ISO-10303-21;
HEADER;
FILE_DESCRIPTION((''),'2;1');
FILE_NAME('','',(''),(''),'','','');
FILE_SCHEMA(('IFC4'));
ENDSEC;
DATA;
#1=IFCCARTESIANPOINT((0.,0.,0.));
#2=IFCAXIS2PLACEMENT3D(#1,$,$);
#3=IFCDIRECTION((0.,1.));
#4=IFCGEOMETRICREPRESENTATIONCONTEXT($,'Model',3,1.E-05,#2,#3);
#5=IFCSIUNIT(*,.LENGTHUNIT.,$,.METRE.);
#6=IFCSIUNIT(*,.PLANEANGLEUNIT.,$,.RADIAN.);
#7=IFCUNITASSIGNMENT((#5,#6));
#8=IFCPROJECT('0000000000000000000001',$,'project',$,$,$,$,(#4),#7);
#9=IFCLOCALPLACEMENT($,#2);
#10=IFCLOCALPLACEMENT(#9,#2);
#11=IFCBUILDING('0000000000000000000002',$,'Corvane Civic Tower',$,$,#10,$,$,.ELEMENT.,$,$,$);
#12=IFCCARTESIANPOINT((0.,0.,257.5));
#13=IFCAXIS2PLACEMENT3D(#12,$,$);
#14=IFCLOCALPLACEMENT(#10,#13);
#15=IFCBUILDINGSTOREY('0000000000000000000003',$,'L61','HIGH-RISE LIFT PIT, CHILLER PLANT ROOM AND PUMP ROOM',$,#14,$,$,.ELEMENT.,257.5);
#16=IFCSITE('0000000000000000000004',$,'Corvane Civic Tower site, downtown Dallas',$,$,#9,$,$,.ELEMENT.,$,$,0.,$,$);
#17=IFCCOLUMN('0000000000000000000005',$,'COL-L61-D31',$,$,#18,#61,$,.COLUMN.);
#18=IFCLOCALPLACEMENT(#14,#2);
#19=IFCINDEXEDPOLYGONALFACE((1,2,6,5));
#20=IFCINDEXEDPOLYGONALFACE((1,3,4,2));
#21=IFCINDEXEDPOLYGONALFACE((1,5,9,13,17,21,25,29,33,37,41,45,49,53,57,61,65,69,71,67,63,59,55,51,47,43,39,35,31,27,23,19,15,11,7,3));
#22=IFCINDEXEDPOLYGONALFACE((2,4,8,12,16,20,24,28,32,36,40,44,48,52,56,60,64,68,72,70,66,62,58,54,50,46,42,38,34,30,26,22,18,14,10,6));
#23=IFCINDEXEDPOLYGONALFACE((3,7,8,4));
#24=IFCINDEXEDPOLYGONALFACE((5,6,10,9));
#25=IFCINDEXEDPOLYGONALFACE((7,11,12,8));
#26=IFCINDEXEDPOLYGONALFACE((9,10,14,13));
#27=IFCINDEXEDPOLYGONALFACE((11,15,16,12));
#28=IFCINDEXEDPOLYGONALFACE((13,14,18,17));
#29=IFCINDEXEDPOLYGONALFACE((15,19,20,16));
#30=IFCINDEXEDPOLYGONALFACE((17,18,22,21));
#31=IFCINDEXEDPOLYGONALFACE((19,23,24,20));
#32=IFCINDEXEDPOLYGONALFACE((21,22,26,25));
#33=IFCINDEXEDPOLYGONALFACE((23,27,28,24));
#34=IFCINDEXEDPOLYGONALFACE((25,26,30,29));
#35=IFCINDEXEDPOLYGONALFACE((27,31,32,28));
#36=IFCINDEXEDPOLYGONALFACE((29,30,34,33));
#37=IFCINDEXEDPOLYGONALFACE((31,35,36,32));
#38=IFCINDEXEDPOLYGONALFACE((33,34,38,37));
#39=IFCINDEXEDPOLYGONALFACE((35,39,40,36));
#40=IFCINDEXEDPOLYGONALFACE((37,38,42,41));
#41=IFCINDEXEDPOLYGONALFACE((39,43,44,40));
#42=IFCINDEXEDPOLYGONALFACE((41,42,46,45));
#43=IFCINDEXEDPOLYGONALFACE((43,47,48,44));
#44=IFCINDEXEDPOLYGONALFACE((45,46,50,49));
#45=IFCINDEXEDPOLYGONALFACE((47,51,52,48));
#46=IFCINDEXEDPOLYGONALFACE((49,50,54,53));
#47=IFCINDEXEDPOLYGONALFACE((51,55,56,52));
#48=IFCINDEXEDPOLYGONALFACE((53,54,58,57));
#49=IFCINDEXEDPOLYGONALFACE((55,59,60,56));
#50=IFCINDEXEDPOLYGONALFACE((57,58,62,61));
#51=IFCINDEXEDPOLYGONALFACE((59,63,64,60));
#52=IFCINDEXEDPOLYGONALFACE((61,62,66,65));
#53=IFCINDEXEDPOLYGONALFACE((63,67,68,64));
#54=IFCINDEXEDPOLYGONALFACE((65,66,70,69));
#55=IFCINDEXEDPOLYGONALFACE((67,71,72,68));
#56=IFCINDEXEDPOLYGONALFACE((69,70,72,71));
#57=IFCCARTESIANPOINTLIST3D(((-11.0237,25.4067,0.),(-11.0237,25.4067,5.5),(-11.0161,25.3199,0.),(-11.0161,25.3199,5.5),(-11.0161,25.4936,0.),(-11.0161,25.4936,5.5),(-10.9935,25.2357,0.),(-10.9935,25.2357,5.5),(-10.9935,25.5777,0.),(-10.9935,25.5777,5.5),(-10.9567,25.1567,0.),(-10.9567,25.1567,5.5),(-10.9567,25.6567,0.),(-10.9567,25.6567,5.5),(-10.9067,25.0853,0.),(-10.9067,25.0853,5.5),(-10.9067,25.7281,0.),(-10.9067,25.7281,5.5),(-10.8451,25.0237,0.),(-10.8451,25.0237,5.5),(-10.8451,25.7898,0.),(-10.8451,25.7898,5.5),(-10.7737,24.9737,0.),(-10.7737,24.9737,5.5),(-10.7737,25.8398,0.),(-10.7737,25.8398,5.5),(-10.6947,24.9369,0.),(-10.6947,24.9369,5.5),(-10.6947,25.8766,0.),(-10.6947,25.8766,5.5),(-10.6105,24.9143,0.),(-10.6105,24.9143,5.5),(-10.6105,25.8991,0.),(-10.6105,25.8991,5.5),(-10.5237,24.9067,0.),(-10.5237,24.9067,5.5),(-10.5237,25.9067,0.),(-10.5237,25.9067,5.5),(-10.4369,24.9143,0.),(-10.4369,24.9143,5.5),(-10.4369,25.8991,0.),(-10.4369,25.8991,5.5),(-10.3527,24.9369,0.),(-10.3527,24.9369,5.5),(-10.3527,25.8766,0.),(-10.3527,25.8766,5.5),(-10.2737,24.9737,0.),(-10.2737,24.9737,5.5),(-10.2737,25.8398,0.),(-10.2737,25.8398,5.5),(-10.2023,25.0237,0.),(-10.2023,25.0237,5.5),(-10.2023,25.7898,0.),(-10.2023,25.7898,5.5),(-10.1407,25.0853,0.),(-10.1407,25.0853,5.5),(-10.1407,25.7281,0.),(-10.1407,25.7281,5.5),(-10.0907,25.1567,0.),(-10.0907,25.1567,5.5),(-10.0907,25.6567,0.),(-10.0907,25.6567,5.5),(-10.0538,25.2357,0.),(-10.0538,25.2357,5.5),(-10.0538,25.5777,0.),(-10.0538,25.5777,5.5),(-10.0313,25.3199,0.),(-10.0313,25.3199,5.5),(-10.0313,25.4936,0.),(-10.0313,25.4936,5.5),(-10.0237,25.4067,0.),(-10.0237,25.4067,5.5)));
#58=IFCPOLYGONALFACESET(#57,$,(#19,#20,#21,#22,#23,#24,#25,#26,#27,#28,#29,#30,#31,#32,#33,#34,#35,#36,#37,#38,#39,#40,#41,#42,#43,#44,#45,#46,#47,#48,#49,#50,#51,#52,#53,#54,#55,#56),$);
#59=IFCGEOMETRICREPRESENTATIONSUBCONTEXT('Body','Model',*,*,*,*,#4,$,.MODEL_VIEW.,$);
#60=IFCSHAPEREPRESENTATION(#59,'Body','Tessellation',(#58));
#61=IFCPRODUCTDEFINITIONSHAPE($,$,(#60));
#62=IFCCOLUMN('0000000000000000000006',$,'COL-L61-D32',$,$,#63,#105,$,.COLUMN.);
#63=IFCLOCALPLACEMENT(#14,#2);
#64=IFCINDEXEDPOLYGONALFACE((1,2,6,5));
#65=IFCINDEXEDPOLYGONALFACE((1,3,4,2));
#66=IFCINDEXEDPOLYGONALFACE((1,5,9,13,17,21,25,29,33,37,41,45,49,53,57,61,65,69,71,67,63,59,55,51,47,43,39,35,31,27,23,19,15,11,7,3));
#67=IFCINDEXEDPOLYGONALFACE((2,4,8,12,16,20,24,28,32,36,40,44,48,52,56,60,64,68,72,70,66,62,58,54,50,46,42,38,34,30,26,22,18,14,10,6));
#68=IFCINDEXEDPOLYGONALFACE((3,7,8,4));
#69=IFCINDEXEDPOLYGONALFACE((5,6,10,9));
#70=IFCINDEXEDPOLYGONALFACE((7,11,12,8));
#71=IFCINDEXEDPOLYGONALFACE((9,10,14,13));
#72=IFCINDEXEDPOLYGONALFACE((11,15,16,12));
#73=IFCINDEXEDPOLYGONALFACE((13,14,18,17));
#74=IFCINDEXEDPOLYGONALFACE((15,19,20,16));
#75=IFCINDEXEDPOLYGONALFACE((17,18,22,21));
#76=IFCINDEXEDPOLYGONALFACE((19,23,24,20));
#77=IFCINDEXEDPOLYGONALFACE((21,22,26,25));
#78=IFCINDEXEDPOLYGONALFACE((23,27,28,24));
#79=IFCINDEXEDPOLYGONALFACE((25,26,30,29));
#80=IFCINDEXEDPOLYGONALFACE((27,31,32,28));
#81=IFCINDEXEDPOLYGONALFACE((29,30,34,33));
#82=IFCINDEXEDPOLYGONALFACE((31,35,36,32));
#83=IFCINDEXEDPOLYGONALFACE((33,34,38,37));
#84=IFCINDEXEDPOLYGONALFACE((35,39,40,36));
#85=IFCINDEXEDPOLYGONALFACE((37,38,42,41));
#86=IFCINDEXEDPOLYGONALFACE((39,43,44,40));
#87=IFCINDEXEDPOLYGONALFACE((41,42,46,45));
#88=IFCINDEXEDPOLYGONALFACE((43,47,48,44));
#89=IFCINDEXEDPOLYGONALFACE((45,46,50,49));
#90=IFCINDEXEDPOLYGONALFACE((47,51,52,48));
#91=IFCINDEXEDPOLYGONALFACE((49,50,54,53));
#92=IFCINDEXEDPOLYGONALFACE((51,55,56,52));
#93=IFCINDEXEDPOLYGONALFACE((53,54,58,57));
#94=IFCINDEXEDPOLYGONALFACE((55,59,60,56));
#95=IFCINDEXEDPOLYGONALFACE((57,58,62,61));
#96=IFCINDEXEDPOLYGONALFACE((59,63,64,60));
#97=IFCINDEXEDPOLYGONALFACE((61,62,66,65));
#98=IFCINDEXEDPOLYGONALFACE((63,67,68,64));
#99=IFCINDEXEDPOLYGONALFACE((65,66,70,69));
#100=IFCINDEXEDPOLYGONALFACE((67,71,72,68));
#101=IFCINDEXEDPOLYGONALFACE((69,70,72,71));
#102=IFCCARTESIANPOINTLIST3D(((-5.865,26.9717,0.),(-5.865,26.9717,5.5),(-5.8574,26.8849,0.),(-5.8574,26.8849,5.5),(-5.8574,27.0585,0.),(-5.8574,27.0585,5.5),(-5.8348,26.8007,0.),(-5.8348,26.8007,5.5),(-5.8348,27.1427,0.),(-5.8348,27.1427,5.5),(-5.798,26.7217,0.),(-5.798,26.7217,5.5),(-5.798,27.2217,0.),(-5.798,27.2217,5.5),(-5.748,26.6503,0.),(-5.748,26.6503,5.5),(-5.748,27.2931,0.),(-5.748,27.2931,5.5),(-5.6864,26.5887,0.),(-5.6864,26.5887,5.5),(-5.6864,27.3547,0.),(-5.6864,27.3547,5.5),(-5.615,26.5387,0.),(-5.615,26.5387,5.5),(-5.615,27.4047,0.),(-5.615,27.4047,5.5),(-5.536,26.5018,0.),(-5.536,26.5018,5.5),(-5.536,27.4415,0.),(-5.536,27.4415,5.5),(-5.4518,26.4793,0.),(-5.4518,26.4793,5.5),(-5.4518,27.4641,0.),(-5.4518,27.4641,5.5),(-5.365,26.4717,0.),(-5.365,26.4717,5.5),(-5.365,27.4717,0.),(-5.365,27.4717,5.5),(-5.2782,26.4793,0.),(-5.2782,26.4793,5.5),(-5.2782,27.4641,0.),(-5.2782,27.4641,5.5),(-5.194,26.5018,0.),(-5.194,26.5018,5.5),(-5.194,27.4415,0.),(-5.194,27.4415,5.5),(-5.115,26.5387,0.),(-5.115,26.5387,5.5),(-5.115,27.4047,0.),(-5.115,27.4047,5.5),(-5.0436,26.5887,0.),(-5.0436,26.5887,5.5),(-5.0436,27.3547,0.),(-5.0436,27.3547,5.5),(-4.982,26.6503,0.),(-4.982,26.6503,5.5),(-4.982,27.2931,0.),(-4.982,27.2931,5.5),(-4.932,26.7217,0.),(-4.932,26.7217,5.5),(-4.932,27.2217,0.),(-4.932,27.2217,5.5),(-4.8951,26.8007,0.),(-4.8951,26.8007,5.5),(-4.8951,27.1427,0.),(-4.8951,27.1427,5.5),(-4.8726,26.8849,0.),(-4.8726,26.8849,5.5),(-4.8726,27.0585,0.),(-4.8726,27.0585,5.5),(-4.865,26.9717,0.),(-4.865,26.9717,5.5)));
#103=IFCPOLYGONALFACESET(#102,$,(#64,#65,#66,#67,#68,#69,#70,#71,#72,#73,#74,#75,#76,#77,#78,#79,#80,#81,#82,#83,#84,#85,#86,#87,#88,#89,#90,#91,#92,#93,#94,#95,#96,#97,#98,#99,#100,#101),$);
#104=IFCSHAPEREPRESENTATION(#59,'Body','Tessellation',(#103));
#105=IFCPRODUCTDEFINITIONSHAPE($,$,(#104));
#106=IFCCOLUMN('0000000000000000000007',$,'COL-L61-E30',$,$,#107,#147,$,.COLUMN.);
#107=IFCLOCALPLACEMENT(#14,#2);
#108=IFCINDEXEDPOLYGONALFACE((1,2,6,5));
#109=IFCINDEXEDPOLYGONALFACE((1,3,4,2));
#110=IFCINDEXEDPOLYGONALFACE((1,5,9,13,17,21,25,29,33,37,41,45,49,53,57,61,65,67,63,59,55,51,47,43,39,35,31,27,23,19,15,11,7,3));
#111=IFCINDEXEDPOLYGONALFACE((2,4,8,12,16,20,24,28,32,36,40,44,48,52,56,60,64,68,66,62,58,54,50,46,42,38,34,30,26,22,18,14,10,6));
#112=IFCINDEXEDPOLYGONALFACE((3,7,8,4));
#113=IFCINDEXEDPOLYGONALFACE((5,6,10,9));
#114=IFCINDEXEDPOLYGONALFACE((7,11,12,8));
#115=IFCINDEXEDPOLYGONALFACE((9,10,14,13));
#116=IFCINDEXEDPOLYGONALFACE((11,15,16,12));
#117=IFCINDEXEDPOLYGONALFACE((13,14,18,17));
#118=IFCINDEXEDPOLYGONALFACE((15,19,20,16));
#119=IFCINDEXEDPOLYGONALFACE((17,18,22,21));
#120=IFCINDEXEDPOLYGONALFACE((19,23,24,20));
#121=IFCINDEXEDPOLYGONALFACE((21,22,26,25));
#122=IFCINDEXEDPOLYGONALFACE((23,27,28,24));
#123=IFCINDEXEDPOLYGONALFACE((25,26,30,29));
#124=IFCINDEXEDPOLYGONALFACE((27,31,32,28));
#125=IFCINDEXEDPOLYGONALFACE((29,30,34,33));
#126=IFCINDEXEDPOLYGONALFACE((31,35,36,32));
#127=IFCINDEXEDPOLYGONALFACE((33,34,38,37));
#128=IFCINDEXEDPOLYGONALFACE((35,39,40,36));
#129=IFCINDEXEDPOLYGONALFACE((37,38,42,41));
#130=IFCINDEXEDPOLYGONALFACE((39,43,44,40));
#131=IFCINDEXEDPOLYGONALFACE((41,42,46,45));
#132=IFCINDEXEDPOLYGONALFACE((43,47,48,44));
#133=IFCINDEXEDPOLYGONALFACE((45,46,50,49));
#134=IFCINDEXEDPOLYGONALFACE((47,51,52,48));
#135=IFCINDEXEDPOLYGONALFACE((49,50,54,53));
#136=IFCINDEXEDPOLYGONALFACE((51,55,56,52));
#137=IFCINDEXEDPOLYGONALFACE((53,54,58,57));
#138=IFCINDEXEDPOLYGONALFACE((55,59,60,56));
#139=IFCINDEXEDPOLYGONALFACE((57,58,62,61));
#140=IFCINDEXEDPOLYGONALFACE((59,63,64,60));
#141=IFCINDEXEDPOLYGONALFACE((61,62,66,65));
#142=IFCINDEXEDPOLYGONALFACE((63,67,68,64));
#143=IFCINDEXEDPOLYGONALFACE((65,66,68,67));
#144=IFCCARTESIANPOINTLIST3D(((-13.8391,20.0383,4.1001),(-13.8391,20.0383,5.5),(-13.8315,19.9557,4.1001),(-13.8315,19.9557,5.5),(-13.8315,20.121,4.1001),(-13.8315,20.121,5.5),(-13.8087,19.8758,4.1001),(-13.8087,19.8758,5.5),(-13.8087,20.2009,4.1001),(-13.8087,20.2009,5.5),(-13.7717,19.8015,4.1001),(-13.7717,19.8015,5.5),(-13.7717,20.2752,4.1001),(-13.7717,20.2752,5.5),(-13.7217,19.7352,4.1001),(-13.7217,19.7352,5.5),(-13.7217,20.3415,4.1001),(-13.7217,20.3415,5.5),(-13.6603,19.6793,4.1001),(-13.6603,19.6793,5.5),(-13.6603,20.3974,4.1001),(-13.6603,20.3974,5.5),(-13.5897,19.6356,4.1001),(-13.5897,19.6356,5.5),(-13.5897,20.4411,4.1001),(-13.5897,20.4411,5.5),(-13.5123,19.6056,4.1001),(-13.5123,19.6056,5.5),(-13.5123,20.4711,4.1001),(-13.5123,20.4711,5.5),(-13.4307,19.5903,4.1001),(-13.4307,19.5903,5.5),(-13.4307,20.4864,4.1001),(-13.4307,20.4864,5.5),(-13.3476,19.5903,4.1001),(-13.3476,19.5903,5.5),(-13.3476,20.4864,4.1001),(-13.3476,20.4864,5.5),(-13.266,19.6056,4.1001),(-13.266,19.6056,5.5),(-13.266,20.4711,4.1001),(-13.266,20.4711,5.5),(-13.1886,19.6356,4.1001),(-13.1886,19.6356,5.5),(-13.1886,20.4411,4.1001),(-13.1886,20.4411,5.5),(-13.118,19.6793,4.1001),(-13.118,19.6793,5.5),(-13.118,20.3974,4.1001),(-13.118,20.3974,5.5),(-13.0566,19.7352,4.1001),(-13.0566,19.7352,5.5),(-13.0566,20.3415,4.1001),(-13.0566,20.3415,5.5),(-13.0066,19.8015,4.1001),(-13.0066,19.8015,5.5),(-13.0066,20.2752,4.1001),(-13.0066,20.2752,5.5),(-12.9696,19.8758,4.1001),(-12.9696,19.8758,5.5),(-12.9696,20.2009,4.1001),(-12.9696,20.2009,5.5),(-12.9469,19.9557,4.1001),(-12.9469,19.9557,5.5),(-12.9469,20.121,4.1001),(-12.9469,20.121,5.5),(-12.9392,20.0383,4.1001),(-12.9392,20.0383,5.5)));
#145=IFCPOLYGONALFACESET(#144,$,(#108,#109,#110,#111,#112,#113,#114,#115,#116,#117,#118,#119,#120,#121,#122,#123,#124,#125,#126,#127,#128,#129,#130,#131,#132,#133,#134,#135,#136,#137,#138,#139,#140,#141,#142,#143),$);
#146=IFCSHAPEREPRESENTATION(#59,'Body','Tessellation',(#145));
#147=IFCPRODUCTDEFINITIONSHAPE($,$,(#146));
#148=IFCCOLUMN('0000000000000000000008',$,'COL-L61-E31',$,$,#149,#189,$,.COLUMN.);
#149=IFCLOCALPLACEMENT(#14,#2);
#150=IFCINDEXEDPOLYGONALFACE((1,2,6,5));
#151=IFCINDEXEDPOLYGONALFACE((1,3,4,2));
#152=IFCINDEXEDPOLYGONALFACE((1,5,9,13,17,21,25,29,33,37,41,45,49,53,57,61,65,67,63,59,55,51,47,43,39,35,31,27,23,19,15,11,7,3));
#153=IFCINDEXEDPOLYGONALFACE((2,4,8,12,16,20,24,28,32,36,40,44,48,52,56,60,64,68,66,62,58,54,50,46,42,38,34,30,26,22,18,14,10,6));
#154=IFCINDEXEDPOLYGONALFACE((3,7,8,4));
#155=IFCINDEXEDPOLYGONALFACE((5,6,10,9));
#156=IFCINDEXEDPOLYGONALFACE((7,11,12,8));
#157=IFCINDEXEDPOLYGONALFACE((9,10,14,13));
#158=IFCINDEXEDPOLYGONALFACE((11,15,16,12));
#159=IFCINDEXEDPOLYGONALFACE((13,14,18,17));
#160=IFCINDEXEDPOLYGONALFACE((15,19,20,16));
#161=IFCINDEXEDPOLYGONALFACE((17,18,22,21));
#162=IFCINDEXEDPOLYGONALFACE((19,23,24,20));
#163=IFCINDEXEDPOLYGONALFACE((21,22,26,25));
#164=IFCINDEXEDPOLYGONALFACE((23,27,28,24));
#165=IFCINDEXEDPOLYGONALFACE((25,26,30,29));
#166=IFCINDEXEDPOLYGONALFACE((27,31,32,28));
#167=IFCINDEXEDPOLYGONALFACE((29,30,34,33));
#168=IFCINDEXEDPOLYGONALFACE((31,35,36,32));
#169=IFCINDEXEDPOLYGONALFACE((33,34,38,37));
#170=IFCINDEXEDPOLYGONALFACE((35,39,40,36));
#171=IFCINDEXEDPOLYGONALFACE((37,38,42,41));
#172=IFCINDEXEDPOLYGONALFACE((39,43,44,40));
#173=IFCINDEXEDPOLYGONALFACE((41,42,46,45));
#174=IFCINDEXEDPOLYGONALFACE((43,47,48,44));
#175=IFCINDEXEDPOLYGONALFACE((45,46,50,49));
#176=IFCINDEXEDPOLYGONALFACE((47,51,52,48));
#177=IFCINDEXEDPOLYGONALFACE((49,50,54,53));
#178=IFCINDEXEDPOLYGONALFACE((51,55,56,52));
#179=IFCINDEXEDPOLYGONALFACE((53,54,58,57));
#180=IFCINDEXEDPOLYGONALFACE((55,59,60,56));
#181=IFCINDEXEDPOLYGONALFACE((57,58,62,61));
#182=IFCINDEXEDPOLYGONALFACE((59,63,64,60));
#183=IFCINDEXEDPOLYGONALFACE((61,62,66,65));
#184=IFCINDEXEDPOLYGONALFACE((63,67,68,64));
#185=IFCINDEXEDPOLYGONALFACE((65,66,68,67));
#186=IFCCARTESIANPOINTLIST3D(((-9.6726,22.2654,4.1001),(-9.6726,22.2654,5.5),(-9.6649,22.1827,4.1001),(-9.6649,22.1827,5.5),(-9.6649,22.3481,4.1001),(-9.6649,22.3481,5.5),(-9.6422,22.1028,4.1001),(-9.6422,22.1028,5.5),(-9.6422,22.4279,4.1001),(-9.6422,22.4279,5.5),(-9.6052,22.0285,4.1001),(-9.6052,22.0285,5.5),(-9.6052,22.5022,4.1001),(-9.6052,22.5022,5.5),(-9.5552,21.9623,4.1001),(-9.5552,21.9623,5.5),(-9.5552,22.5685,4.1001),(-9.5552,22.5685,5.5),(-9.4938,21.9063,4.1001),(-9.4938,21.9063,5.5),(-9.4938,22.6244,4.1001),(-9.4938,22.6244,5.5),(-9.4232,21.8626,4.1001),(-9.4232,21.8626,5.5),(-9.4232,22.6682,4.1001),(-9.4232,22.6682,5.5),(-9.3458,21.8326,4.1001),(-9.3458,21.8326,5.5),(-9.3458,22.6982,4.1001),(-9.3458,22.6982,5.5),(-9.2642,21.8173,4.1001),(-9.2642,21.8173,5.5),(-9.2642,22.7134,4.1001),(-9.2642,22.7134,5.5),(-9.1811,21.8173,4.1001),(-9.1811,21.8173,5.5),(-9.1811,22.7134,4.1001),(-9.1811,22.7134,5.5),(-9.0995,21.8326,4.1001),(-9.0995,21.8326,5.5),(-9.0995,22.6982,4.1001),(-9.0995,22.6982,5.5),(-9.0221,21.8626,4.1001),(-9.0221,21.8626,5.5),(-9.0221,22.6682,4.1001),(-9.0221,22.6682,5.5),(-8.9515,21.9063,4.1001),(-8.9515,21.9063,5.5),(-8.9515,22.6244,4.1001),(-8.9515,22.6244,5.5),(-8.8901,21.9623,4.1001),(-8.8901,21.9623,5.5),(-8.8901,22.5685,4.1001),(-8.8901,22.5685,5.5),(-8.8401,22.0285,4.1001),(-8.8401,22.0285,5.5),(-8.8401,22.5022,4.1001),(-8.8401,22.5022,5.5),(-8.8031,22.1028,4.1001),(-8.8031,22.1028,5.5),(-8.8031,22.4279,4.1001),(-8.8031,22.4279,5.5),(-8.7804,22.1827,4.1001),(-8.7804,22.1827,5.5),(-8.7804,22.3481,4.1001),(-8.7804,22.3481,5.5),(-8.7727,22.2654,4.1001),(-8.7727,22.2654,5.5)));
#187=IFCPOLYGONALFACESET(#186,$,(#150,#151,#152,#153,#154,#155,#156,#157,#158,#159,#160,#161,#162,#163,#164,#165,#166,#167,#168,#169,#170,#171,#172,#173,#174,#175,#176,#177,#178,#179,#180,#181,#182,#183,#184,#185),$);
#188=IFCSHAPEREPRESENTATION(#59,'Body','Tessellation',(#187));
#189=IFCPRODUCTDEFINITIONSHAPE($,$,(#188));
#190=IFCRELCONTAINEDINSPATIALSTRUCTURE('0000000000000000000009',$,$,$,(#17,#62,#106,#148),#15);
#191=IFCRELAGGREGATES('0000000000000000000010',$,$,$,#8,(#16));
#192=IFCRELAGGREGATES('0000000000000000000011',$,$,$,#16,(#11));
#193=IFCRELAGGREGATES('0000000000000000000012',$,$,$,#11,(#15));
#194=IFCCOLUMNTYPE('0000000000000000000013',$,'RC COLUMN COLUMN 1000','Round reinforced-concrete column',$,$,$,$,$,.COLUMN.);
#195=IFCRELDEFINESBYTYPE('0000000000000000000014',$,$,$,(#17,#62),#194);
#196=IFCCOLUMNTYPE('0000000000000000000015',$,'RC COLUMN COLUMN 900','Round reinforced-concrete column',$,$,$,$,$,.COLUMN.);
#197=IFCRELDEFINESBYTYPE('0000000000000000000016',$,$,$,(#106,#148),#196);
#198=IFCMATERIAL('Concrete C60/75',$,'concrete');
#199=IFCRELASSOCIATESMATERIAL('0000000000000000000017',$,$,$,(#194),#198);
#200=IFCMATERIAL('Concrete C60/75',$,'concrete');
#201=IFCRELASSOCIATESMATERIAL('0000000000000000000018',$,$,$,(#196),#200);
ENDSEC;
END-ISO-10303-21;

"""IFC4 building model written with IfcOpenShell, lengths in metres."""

from ifc_helpers import new_model, si_unit, direction, frame, origin, origin_2d, place, context, subcontext, project, spatial, circle, extrude, material, material_profile, profile_set, type_object, element, save


model = new_model("IFC4")

# Units and contexts
model_context = context("Model", 3, precision=1e-05, world=origin(), true_north=direction((0.0, 1.0)))
body_context = subcontext(model_context, "Body", "Model", "MODEL_VIEW")
ifc_project = project(units=[si_unit("LENGTHUNIT", "METRE"), si_unit("PLANEANGLEUNIT", "RADIAN")], contexts=[model_context])

# Site, building, storey
site_placement = place(None, origin())
site = spatial("IfcSite", under=ifc_project, at=site_placement, Name="Corvane Civic Tower site, downtown Dallas", CompositionType="ELEMENT", RefElevation=0.0)
building_placement = place(site_placement, origin())
building = spatial("IfcBuilding", under=site, at=building_placement, Name="Corvane Civic Tower", CompositionType="ELEMENT")
storey_placement = place(building_placement, frame((0.0, 0.0, 257.5)))
storey = spatial("IfcBuildingStorey", under=building, at=storey_placement, Name="L61", Description="HIGH-RISE LIFT PIT, CHILLER PLANT ROOM AND PUMP ROOM", CompositionType="ELEMENT", Elevation=257.5)

# Columns
ifc_material_1 = material(Name="Concrete C60/75", Category="concrete")
ifc_material_profile_1 = material_profile(ifc_material_1, circle(Radius=0.5, at=origin_2d()), Name="COLUMN 1000")
ifc_profile_set_1 = profile_set([ifc_material_profile_1], Name="Concrete C60/75")
column_type_1 = type_object("IfcColumnType", Name="RC COLUMN COLUMN 1000", Description="Round reinforced-concrete column", PredefinedType="COLUMN", material=ifc_profile_set_1)
for number, where, z_axis, x_axis, name in (
    (1, (-10.5237, 25.4067, 0.0), (0.0, 0.0, 1.0), (1.0, 0.0, 0.0), "COL-L61-D31"),
    (2, (-5.365, 26.9717, 0.0), (0.0, 0.0, 1.0), (1.0, 0.0, 0.0), "COL-L61-D32"),
):
    element("IfcColumn", number, at=place(storey_placement, frame(where, z_axis=z_axis, x_axis=x_axis)), inside=storey, type_object=column_type_1, Name=name, PredefinedType="COLUMN", context=body_context, shape_type="SweptSolid", body=[
        extrude(circle(Radius=0.5, at=origin_2d()), origin(), (0.0, 0.0, 1.0), 5.5),
    ])
ifc_material_2 = material(Name="Concrete C60/75", Category="concrete")
ifc_material_profile_2 = material_profile(ifc_material_2, circle(Radius=0.45, at=origin_2d()), Name="COLUMN 900")
ifc_profile_set_2 = profile_set([ifc_material_profile_2], Name="Concrete C60/75")
column_type_2 = type_object("IfcColumnType", Name="RC COLUMN COLUMN 900", Description="Round reinforced-concrete column", PredefinedType="COLUMN", material=ifc_profile_set_2)
for number, where, z_axis, x_axis, name in (
    (3, (-13.3892, 20.0383, 4.1001), (0.0, 0.0, 1.0), (1.0, 0.0, 0.0), "COL-L61-E30"),
    (4, (-9.2227, 22.2654, 4.1001), (0.0, 0.0, 1.0), (1.0, 0.0, 0.0), "COL-L61-E31"),
):
    element("IfcColumn", number, at=place(storey_placement, frame(where, z_axis=z_axis, x_axis=x_axis)), inside=storey, type_object=column_type_2, Name=name, PredefinedType="COLUMN", context=body_context, shape_type="SweptSolid", body=[
        extrude(circle(Radius=0.45, at=origin_2d()), origin(), (0.0, 0.0, 1.0), 1.3999),
    ])

save(model, "model.ifc")
